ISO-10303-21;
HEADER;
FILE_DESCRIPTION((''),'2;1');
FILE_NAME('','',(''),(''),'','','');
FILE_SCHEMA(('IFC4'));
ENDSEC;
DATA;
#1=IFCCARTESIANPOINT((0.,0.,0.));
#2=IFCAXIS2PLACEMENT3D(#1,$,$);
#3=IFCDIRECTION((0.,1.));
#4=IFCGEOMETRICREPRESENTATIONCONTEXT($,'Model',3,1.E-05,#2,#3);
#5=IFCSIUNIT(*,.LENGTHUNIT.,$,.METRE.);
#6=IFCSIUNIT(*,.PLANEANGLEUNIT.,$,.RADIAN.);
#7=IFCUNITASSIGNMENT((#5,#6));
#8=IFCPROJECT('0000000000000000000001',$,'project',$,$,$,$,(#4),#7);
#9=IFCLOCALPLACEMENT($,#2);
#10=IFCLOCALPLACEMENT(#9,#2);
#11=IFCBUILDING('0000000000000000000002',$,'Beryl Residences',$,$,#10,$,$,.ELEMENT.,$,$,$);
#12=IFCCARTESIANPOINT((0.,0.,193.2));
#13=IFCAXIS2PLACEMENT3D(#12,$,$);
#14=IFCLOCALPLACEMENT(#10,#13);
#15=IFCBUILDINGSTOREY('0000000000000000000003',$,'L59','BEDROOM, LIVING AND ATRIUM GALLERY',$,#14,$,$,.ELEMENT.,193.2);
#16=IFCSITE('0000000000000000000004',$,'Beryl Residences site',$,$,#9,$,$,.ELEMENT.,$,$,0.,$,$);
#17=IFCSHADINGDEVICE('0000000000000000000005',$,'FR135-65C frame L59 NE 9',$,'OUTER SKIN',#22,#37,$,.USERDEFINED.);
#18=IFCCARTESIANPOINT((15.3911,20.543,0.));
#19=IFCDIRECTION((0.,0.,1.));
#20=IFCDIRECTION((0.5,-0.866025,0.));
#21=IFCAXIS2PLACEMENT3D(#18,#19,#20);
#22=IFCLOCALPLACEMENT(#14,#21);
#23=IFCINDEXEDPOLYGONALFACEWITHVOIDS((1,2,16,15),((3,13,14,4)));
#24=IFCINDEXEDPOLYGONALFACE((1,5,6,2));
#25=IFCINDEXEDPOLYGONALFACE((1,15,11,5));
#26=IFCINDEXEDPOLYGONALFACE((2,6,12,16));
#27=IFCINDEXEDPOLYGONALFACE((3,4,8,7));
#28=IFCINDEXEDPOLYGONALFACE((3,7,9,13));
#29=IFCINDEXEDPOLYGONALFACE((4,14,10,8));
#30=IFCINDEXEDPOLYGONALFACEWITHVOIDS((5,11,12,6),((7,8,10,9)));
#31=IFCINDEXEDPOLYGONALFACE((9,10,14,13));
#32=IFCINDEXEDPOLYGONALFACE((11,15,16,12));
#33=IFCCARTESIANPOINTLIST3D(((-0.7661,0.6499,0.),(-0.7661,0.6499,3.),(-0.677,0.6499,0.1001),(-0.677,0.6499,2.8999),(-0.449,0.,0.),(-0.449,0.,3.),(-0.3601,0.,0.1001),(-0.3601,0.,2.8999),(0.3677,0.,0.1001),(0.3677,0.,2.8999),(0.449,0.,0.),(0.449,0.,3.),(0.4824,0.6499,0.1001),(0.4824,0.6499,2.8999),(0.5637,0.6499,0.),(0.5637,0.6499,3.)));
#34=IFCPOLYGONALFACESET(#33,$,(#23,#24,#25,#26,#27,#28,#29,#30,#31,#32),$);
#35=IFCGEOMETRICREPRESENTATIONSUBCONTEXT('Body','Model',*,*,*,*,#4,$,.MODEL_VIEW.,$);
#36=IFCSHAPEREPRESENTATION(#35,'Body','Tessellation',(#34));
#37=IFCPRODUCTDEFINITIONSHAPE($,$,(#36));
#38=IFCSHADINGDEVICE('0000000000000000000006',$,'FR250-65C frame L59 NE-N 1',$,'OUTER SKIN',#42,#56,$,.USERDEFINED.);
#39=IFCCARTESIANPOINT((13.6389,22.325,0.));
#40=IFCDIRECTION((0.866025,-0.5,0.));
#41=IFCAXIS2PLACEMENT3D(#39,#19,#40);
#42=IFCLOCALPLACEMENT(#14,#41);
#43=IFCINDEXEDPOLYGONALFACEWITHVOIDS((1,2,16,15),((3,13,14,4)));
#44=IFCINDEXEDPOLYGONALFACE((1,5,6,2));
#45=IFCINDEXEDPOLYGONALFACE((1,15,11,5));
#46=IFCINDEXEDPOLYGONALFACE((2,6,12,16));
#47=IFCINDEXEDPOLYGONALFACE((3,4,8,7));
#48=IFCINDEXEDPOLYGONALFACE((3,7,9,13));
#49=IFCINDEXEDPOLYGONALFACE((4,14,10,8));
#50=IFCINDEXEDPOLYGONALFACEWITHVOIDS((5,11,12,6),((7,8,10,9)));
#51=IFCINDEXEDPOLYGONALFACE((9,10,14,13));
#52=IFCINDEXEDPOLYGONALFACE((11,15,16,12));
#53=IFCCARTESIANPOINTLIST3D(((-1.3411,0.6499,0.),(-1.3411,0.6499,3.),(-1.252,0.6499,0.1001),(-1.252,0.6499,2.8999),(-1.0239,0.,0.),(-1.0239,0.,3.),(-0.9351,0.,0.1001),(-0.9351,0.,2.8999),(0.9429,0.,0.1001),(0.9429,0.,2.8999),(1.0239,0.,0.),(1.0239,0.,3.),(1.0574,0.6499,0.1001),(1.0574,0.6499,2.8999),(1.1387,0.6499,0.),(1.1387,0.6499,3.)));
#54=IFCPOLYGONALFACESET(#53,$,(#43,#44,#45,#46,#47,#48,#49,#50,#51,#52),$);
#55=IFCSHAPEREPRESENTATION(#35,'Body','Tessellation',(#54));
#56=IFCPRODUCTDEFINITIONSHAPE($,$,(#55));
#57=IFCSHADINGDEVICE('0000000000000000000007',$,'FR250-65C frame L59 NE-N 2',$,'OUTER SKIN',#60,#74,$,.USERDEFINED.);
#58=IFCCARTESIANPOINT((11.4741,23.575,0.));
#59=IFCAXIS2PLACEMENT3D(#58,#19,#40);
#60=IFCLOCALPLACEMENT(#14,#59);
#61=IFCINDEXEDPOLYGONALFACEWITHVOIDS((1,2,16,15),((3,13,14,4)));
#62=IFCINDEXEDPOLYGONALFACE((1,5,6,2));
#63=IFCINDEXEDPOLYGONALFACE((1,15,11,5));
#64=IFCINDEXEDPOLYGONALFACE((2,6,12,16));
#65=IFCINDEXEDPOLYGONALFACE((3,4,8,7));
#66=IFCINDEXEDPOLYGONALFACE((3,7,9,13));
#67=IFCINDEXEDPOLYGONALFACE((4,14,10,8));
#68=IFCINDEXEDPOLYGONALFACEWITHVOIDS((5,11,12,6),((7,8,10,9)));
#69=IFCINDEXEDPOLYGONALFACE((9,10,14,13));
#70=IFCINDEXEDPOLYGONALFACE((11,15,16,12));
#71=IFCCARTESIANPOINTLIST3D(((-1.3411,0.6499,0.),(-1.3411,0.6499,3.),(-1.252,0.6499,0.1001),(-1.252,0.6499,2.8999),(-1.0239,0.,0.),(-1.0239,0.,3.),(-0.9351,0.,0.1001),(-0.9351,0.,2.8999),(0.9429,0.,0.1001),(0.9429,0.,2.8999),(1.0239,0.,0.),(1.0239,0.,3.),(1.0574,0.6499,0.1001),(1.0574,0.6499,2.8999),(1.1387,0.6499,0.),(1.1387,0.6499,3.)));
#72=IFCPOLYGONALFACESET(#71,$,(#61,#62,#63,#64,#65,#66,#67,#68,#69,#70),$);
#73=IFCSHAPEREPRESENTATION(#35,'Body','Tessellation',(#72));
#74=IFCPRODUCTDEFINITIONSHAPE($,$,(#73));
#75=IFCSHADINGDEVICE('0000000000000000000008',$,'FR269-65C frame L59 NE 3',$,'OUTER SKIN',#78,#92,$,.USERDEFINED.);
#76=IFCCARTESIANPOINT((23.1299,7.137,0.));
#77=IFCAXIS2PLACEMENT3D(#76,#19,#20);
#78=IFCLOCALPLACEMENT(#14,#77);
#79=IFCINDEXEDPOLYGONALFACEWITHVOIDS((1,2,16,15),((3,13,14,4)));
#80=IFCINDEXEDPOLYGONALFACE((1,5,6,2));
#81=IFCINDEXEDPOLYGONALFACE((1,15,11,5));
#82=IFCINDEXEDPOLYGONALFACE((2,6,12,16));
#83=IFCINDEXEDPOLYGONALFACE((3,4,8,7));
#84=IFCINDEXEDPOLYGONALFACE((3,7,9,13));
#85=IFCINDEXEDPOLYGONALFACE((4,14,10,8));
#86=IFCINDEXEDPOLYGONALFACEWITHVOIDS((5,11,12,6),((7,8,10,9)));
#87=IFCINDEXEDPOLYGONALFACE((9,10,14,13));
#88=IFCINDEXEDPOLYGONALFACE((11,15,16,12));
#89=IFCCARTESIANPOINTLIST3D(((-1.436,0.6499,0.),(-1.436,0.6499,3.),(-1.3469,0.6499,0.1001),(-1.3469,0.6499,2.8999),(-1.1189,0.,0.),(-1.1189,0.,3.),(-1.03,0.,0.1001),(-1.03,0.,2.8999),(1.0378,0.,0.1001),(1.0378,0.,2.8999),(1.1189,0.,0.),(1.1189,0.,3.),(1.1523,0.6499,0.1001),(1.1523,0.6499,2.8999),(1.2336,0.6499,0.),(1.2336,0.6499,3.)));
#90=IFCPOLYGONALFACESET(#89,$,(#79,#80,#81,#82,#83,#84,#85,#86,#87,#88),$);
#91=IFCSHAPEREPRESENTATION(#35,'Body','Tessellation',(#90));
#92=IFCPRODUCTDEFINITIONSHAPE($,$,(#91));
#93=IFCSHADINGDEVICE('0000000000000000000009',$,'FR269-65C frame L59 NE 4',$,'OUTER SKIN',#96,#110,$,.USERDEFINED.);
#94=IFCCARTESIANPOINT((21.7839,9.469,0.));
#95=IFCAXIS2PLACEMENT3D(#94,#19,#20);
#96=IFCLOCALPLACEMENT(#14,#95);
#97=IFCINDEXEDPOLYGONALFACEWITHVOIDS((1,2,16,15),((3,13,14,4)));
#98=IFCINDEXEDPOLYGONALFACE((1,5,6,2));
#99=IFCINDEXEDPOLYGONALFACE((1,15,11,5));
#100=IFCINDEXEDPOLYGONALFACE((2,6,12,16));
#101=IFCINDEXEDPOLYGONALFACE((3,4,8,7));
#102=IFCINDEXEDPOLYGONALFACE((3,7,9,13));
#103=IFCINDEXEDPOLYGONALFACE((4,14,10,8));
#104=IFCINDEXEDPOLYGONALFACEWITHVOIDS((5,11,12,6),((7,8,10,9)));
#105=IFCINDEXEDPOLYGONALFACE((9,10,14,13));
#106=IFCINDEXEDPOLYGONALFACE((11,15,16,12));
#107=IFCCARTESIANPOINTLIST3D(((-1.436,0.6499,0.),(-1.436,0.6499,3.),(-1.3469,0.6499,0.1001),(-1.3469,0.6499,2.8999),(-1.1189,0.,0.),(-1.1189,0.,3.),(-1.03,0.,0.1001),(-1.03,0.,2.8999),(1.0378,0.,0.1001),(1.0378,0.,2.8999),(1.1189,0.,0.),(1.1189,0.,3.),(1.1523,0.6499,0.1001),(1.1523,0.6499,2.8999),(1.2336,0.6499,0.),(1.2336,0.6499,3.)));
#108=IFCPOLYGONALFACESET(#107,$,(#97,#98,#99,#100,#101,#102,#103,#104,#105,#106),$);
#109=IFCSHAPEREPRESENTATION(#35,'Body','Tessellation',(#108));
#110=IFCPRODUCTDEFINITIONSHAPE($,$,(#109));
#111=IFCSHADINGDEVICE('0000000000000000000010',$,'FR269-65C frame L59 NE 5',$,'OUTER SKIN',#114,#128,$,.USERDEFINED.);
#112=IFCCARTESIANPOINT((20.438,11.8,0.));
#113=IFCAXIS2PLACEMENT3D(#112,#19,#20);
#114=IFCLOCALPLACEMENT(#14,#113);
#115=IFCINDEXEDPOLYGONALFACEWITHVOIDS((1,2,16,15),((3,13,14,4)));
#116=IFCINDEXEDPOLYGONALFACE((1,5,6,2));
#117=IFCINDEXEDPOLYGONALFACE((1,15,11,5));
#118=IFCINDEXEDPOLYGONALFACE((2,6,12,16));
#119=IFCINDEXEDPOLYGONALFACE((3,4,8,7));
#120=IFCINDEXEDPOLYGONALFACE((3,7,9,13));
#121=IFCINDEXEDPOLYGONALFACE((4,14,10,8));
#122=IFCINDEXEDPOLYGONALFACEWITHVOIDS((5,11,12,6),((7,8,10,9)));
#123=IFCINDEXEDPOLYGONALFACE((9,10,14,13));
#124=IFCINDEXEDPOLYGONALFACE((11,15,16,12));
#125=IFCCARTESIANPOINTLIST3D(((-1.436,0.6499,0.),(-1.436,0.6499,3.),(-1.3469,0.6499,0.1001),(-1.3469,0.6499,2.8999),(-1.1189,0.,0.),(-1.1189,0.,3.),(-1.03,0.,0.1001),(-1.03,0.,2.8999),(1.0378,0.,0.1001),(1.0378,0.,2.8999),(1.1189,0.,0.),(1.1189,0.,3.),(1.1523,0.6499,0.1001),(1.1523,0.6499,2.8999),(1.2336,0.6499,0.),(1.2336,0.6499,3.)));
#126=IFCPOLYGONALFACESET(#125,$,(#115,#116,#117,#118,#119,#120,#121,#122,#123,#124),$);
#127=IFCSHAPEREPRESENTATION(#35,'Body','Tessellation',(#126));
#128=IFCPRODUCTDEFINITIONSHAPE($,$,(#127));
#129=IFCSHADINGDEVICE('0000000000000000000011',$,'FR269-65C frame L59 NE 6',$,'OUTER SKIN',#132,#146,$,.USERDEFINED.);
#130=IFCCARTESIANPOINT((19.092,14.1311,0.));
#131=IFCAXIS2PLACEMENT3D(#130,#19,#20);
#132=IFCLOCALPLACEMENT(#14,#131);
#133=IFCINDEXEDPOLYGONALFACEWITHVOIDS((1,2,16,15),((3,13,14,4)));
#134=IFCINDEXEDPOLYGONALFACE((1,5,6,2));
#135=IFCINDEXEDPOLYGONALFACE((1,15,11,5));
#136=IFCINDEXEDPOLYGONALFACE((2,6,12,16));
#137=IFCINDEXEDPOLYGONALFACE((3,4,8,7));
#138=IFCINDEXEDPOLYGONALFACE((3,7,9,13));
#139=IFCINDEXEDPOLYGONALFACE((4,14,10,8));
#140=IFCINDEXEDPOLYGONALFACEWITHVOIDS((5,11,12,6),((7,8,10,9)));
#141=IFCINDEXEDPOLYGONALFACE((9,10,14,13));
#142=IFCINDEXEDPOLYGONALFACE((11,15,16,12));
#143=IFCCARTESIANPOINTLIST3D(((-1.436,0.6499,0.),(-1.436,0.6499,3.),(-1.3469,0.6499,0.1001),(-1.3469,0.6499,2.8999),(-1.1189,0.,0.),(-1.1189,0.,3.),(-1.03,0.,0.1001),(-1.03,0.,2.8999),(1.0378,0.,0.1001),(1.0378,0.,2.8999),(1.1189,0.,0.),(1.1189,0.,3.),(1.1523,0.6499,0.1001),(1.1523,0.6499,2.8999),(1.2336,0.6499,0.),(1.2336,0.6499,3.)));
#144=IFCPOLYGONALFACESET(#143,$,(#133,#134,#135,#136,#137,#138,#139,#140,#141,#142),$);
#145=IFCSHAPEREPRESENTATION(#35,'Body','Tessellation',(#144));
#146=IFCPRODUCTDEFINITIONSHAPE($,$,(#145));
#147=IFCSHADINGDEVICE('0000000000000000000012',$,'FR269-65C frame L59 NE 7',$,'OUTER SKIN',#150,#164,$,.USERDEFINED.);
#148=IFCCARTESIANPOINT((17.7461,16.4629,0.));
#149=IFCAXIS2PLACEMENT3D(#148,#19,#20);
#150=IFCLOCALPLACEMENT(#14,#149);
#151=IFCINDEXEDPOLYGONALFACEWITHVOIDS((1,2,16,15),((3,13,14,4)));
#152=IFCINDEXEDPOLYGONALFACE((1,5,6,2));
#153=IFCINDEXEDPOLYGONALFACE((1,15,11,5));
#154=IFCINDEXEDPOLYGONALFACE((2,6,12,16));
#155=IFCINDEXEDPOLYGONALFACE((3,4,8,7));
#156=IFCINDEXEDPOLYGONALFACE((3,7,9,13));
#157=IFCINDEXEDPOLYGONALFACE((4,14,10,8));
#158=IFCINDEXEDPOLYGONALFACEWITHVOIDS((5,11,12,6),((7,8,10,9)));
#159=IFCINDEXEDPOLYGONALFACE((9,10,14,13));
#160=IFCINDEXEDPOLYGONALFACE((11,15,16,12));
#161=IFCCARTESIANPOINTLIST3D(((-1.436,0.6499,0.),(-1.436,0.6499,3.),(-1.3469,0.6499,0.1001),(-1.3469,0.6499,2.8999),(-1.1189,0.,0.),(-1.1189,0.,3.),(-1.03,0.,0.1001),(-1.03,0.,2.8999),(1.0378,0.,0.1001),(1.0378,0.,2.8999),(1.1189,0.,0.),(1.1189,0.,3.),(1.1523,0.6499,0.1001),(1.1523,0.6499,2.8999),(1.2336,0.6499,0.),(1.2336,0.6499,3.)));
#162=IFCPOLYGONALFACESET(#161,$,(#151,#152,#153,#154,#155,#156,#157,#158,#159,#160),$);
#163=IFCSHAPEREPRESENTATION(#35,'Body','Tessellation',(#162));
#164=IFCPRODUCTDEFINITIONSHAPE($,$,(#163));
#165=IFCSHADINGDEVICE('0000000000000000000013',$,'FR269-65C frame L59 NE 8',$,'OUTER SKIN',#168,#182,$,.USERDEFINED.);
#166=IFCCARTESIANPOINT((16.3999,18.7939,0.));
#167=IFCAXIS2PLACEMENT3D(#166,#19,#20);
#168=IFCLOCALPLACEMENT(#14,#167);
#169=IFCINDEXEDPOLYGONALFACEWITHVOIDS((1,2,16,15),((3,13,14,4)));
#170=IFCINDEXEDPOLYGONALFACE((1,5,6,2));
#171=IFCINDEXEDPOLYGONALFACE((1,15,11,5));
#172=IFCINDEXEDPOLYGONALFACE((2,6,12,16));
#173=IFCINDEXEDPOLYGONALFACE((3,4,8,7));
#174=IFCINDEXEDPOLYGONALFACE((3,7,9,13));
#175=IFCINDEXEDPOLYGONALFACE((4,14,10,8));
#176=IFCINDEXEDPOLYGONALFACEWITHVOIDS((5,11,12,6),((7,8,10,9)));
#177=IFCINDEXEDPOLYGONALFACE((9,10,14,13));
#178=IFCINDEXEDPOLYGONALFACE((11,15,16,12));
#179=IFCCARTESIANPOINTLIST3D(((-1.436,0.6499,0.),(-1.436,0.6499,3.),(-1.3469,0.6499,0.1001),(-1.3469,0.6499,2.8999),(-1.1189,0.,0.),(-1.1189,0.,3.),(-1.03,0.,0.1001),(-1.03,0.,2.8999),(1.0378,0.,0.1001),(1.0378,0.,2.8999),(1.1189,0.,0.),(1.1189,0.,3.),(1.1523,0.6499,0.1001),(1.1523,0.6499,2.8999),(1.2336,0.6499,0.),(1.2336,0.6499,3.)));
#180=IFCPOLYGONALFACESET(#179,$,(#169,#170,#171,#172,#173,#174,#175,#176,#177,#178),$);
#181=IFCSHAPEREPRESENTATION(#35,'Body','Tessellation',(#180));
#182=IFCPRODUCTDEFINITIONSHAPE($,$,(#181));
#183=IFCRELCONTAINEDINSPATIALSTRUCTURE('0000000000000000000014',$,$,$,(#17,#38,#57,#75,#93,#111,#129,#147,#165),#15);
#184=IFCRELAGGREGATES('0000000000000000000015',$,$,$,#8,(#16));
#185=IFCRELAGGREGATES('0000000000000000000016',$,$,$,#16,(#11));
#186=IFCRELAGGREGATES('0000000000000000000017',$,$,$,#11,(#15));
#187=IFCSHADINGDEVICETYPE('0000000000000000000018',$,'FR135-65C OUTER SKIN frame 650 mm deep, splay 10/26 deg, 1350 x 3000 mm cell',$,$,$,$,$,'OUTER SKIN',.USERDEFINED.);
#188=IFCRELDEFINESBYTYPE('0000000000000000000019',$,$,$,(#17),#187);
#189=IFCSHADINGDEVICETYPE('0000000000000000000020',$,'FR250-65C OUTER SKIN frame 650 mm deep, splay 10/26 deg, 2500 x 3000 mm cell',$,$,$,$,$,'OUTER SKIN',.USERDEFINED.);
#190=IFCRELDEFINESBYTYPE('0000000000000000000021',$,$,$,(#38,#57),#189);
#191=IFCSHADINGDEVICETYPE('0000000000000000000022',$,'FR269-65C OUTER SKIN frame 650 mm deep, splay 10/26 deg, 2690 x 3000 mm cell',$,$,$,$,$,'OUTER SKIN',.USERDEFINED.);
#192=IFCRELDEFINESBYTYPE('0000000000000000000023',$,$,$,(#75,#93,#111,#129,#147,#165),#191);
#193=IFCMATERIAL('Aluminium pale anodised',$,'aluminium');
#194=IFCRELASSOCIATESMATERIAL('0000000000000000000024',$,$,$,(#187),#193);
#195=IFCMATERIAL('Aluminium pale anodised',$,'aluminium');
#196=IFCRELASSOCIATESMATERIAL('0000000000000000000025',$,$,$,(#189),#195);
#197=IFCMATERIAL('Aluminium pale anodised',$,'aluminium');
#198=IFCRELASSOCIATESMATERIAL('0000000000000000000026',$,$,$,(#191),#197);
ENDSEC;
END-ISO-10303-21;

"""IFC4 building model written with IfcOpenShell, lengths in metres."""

from ifc_helpers import new_model, entity, si_unit, direction, frame, origin, place, context, subcontext, project, spatial, source, transform, mapped, material, type_object, type_shapes, element, save


model = new_model("IFC4")

# Units and contexts
model_context = context("Model", 3, precision=1e-05, world=origin(), true_north=direction((0.0, 1.0)))
body_context = subcontext(model_context, "Body", "Model", "MODEL_VIEW")
ifc_project = project(units=[si_unit("LENGTHUNIT", "METRE"), si_unit("PLANEANGLEUNIT", "RADIAN")], contexts=[model_context])

# Site, building, storey
site_placement = place(None, origin())
site = spatial("IfcSite", under=ifc_project, at=site_placement, Name="Beryl Residences site", CompositionType="ELEMENT", RefElevation=0.0)
building_placement = place(site_placement, origin())
building = spatial("IfcBuilding", under=site, at=building_placement, Name="Beryl Residences", CompositionType="ELEMENT")
storey_placement = place(building_placement, frame((0.0, 0.0, 193.2)))
storey = spatial("IfcBuildingStorey", under=building, at=storey_placement, Name="L59", Description="BEDROOM, LIVING AND ATRIUM GALLERY", CompositionType="ELEMENT", Elevation=193.2)

# Shading devices
ifc_material_1 = material(Name="Aluminium pale anodised", Category="aluminium")
shading_device_type_1 = type_object("IfcShadingDeviceType", Name="FR135-65C OUTER SKIN frame 650 mm deep, splay 10/26 deg, 1350 x 3000 mm cell", ElementType="OUTER SKIN", PredefinedType="USERDEFINED", material=ifc_material_1)
cartesian_point_1 = entity("IfcCartesianPoint", [-0.449, 0.0])
cartesian_point_2 = entity("IfcCartesianPoint", [-0.3677, 0.1001])
cartesian_point_3 = entity("IfcCartesianPoint", [-0.5637, 0.0])
cartesian_point_4 = entity("IfcCartesianPoint", [-0.4824, 0.1001])
shared_shape_1 = source(origin(), body_context, "Body", "SweptSolid", [
    entity("IfcExtrudedAreaSolidTapered", entity("IfcArbitraryProfileDefWithVoids", "AREA", None, entity("IfcPolyline", [cartesian_point_1, entity("IfcCartesianPoint", [0.449, 0.0]), entity("IfcCartesianPoint", [0.449, 3.0]), entity("IfcCartesianPoint", [-0.449, 3.0]), cartesian_point_1]), [entity("IfcPolyline", [cartesian_point_2, entity("IfcCartesianPoint", [0.3601, 0.1001]), entity("IfcCartesianPoint", [0.3601, 2.8999]), entity("IfcCartesianPoint", [-0.3677, 2.8999]), cartesian_point_2])]), entity("IfcAxis2Placement3D", entity("IfcCartesianPoint", [0.0, 0.0, 0.0]), entity("IfcDirection", [0.0, 1.0, 0.0]), entity("IfcDirection", [-1.0, 0.0, 0.0])), entity("IfcDirection", [0.0, 0.0, 1.0]), 0.6499, entity("IfcArbitraryProfileDefWithVoids", "AREA", None, entity("IfcPolyline", [cartesian_point_3, entity("IfcCartesianPoint", [0.7661, 0.0]), entity("IfcCartesianPoint", [0.7661, 3.0]), entity("IfcCartesianPoint", [-0.5637, 3.0]), cartesian_point_3]), [entity("IfcPolyline", [cartesian_point_4, entity("IfcCartesianPoint", [0.677, 0.1001]), entity("IfcCartesianPoint", [0.677, 2.8999]), entity("IfcCartesianPoint", [-0.4824, 2.8999]), cartesian_point_4])])),
])
type_shapes(shading_device_type_1, [shared_shape_1])
shading_device_placement = place(storey_placement, frame((15.3911, 20.543, 0.0), z_axis=(0.0, 0.0, 1.0), x_axis=(0.5, -0.866025, 0.0)))
element("IfcShadingDevice", 1, at=shading_device_placement, inside=storey, type_object=shading_device_type_1, Name="FR135-65C frame L59 NE 9", ObjectType="OUTER SKIN", PredefinedType="USERDEFINED", context=body_context, shape_type="MappedRepresentation", body=[
    mapped(shared_shape_1, transform((0.0, 0.0, 0.0))),
])
ifc_material_2 = material(Name="Aluminium pale anodised", Category="aluminium")
shading_device_type_2 = type_object("IfcShadingDeviceType", Name="FR250-65C OUTER SKIN frame 650 mm deep, splay 10/26 deg, 2500 x 3000 mm cell", ElementType="OUTER SKIN", PredefinedType="USERDEFINED", material=ifc_material_2)
cartesian_point_5 = entity("IfcCartesianPoint", [-1.0239, 0.0])
cartesian_point_6 = entity("IfcCartesianPoint", [-0.9429, 0.1001])
cartesian_point_7 = entity("IfcCartesianPoint", [-1.1387, 0.0])
cartesian_point_8 = entity("IfcCartesianPoint", [-1.0574, 0.1001])
shared_shape_2 = source(origin(), body_context, "Body", "SweptSolid", [
    entity("IfcExtrudedAreaSolidTapered", entity("IfcArbitraryProfileDefWithVoids", "AREA", None, entity("IfcPolyline", [cartesian_point_5, entity("IfcCartesianPoint", [1.0239, 0.0]), entity("IfcCartesianPoint", [1.0239, 3.0]), entity("IfcCartesianPoint", [-1.0239, 3.0]), cartesian_point_5]), [entity("IfcPolyline", [cartesian_point_6, entity("IfcCartesianPoint", [0.9351, 0.1001]), entity("IfcCartesianPoint", [0.9351, 2.8999]), entity("IfcCartesianPoint", [-0.9429, 2.8999]), cartesian_point_6])]), entity("IfcAxis2Placement3D", entity("IfcCartesianPoint", [0.0, 0.0, 0.0]), entity("IfcDirection", [0.0, 1.0, 0.0]), entity("IfcDirection", [-1.0, 0.0, 0.0])), entity("IfcDirection", [0.0, 0.0, 1.0]), 0.6499, entity("IfcArbitraryProfileDefWithVoids", "AREA", None, entity("IfcPolyline", [cartesian_point_7, entity("IfcCartesianPoint", [1.3411, 0.0]), entity("IfcCartesianPoint", [1.3411, 3.0]), entity("IfcCartesianPoint", [-1.1387, 3.0]), cartesian_point_7]), [entity("IfcPolyline", [cartesian_point_8, entity("IfcCartesianPoint", [1.252, 0.1001]), entity("IfcCartesianPoint", [1.252, 2.8999]), entity("IfcCartesianPoint", [-1.0574, 2.8999]), cartesian_point_8])])),
])
type_shapes(shading_device_type_2, [shared_shape_2])
for number, where, z_axis, x_axis, name in (
    (2, (13.6389, 22.325, 0.0), (0.0, 0.0, 1.0), (0.866025, -0.5, 0.0), "FR250-65C frame L59 NE-N 1"),
    (3, (11.4741, 23.575, 0.0), (0.0, 0.0, 1.0), (0.866025, -0.5, 0.0), "FR250-65C frame L59 NE-N 2"),
):
    element("IfcShadingDevice", number, at=place(storey_placement, frame(where, z_axis=z_axis, x_axis=x_axis)), inside=storey, type_object=shading_device_type_2, Name=name, ObjectType="OUTER SKIN", PredefinedType="USERDEFINED", context=body_context, shape_type="MappedRepresentation", body=[
        mapped(shared_shape_2, transform((0.0, 0.0, 0.0))),
    ])
ifc_material_3 = material(Name="Aluminium pale anodised", Category="aluminium")
shading_device_type_3 = type_object("IfcShadingDeviceType", Name="FR269-65C OUTER SKIN frame 650 mm deep, splay 10/26 deg, 2690 x 3000 mm cell", ElementType="OUTER SKIN", PredefinedType="USERDEFINED", material=ifc_material_3)
cartesian_point_9 = entity("IfcCartesianPoint", [-1.1189, 0.0])
cartesian_point_10 = entity("IfcCartesianPoint", [-1.0378, 0.1001])
cartesian_point_11 = entity("IfcCartesianPoint", [-1.2336, 0.0])
cartesian_point_12 = entity("IfcCartesianPoint", [-1.1523, 0.1001])
shared_shape_3 = source(origin(), body_context, "Body", "SweptSolid", [
    entity("IfcExtrudedAreaSolidTapered", entity("IfcArbitraryProfileDefWithVoids", "AREA", None, entity("IfcPolyline", [cartesian_point_9, entity("IfcCartesianPoint", [1.1189, 0.0]), entity("IfcCartesianPoint", [1.1189, 3.0]), entity("IfcCartesianPoint", [-1.1189, 3.0]), cartesian_point_9]), [entity("IfcPolyline", [cartesian_point_10, entity("IfcCartesianPoint", [1.03, 0.1001]), entity("IfcCartesianPoint", [1.03, 2.8999]), entity("IfcCartesianPoint", [-1.0378, 2.8999]), cartesian_point_10])]), entity("IfcAxis2Placement3D", entity("IfcCartesianPoint", [0.0, 0.0, 0.0]), entity("IfcDirection", [0.0, 1.0, 0.0]), entity("IfcDirection", [-1.0, 0.0, 0.0])), entity("IfcDirection", [0.0, 0.0, 1.0]), 0.6499, entity("IfcArbitraryProfileDefWithVoids", "AREA", None, entity("IfcPolyline", [cartesian_point_11, entity("IfcCartesianPoint", [1.436, 0.0]), entity("IfcCartesianPoint", [1.436, 3.0]), entity("IfcCartesianPoint", [-1.2336, 3.0]), cartesian_point_11]), [entity("IfcPolyline", [cartesian_point_12, entity("IfcCartesianPoint", [1.3469, 0.1001]), entity("IfcCartesianPoint", [1.3469, 2.8999]), entity("IfcCartesianPoint", [-1.1523, 2.8999]), cartesian_point_12])])),
])
type_shapes(shading_device_type_3, [shared_shape_3])
for number, where, z_axis, x_axis, name in (
    (4, (23.1299, 7.137, 0.0), (0.0, 0.0, 1.0), (0.5, -0.866025, 0.0), "FR269-65C frame L59 NE 3"),
    (5, (21.7839, 9.469, 0.0), (0.0, 0.0, 1.0), (0.5, -0.866025, 0.0), "FR269-65C frame L59 NE 4"),
    (6, (20.438, 11.8, 0.0), (0.0, 0.0, 1.0), (0.5, -0.866025, 0.0), "FR269-65C frame L59 NE 5"),
    (7, (19.092, 14.1311, 0.0), (0.0, 0.0, 1.0), (0.5, -0.866025, 0.0), "FR269-65C frame L59 NE 6"),
    (8, (17.7461, 16.4629, 0.0), (0.0, 0.0, 1.0), (0.5, -0.866025, 0.0), "FR269-65C frame L59 NE 7"),
    (9, (16.3999, 18.7939, 0.0), (0.0, 0.0, 1.0), (0.5, -0.866025, 0.0), "FR269-65C frame L59 NE 8"),
):
    element("IfcShadingDevice", number, at=place(storey_placement, frame(where, z_axis=z_axis, x_axis=x_axis)), inside=storey, type_object=shading_device_type_3, Name=name, ObjectType="OUTER SKIN", PredefinedType="USERDEFINED", context=body_context, shape_type="MappedRepresentation", body=[
        mapped(shared_shape_3, transform((0.0, 0.0, 0.0))),
    ])

save(model, "model.ifc")
